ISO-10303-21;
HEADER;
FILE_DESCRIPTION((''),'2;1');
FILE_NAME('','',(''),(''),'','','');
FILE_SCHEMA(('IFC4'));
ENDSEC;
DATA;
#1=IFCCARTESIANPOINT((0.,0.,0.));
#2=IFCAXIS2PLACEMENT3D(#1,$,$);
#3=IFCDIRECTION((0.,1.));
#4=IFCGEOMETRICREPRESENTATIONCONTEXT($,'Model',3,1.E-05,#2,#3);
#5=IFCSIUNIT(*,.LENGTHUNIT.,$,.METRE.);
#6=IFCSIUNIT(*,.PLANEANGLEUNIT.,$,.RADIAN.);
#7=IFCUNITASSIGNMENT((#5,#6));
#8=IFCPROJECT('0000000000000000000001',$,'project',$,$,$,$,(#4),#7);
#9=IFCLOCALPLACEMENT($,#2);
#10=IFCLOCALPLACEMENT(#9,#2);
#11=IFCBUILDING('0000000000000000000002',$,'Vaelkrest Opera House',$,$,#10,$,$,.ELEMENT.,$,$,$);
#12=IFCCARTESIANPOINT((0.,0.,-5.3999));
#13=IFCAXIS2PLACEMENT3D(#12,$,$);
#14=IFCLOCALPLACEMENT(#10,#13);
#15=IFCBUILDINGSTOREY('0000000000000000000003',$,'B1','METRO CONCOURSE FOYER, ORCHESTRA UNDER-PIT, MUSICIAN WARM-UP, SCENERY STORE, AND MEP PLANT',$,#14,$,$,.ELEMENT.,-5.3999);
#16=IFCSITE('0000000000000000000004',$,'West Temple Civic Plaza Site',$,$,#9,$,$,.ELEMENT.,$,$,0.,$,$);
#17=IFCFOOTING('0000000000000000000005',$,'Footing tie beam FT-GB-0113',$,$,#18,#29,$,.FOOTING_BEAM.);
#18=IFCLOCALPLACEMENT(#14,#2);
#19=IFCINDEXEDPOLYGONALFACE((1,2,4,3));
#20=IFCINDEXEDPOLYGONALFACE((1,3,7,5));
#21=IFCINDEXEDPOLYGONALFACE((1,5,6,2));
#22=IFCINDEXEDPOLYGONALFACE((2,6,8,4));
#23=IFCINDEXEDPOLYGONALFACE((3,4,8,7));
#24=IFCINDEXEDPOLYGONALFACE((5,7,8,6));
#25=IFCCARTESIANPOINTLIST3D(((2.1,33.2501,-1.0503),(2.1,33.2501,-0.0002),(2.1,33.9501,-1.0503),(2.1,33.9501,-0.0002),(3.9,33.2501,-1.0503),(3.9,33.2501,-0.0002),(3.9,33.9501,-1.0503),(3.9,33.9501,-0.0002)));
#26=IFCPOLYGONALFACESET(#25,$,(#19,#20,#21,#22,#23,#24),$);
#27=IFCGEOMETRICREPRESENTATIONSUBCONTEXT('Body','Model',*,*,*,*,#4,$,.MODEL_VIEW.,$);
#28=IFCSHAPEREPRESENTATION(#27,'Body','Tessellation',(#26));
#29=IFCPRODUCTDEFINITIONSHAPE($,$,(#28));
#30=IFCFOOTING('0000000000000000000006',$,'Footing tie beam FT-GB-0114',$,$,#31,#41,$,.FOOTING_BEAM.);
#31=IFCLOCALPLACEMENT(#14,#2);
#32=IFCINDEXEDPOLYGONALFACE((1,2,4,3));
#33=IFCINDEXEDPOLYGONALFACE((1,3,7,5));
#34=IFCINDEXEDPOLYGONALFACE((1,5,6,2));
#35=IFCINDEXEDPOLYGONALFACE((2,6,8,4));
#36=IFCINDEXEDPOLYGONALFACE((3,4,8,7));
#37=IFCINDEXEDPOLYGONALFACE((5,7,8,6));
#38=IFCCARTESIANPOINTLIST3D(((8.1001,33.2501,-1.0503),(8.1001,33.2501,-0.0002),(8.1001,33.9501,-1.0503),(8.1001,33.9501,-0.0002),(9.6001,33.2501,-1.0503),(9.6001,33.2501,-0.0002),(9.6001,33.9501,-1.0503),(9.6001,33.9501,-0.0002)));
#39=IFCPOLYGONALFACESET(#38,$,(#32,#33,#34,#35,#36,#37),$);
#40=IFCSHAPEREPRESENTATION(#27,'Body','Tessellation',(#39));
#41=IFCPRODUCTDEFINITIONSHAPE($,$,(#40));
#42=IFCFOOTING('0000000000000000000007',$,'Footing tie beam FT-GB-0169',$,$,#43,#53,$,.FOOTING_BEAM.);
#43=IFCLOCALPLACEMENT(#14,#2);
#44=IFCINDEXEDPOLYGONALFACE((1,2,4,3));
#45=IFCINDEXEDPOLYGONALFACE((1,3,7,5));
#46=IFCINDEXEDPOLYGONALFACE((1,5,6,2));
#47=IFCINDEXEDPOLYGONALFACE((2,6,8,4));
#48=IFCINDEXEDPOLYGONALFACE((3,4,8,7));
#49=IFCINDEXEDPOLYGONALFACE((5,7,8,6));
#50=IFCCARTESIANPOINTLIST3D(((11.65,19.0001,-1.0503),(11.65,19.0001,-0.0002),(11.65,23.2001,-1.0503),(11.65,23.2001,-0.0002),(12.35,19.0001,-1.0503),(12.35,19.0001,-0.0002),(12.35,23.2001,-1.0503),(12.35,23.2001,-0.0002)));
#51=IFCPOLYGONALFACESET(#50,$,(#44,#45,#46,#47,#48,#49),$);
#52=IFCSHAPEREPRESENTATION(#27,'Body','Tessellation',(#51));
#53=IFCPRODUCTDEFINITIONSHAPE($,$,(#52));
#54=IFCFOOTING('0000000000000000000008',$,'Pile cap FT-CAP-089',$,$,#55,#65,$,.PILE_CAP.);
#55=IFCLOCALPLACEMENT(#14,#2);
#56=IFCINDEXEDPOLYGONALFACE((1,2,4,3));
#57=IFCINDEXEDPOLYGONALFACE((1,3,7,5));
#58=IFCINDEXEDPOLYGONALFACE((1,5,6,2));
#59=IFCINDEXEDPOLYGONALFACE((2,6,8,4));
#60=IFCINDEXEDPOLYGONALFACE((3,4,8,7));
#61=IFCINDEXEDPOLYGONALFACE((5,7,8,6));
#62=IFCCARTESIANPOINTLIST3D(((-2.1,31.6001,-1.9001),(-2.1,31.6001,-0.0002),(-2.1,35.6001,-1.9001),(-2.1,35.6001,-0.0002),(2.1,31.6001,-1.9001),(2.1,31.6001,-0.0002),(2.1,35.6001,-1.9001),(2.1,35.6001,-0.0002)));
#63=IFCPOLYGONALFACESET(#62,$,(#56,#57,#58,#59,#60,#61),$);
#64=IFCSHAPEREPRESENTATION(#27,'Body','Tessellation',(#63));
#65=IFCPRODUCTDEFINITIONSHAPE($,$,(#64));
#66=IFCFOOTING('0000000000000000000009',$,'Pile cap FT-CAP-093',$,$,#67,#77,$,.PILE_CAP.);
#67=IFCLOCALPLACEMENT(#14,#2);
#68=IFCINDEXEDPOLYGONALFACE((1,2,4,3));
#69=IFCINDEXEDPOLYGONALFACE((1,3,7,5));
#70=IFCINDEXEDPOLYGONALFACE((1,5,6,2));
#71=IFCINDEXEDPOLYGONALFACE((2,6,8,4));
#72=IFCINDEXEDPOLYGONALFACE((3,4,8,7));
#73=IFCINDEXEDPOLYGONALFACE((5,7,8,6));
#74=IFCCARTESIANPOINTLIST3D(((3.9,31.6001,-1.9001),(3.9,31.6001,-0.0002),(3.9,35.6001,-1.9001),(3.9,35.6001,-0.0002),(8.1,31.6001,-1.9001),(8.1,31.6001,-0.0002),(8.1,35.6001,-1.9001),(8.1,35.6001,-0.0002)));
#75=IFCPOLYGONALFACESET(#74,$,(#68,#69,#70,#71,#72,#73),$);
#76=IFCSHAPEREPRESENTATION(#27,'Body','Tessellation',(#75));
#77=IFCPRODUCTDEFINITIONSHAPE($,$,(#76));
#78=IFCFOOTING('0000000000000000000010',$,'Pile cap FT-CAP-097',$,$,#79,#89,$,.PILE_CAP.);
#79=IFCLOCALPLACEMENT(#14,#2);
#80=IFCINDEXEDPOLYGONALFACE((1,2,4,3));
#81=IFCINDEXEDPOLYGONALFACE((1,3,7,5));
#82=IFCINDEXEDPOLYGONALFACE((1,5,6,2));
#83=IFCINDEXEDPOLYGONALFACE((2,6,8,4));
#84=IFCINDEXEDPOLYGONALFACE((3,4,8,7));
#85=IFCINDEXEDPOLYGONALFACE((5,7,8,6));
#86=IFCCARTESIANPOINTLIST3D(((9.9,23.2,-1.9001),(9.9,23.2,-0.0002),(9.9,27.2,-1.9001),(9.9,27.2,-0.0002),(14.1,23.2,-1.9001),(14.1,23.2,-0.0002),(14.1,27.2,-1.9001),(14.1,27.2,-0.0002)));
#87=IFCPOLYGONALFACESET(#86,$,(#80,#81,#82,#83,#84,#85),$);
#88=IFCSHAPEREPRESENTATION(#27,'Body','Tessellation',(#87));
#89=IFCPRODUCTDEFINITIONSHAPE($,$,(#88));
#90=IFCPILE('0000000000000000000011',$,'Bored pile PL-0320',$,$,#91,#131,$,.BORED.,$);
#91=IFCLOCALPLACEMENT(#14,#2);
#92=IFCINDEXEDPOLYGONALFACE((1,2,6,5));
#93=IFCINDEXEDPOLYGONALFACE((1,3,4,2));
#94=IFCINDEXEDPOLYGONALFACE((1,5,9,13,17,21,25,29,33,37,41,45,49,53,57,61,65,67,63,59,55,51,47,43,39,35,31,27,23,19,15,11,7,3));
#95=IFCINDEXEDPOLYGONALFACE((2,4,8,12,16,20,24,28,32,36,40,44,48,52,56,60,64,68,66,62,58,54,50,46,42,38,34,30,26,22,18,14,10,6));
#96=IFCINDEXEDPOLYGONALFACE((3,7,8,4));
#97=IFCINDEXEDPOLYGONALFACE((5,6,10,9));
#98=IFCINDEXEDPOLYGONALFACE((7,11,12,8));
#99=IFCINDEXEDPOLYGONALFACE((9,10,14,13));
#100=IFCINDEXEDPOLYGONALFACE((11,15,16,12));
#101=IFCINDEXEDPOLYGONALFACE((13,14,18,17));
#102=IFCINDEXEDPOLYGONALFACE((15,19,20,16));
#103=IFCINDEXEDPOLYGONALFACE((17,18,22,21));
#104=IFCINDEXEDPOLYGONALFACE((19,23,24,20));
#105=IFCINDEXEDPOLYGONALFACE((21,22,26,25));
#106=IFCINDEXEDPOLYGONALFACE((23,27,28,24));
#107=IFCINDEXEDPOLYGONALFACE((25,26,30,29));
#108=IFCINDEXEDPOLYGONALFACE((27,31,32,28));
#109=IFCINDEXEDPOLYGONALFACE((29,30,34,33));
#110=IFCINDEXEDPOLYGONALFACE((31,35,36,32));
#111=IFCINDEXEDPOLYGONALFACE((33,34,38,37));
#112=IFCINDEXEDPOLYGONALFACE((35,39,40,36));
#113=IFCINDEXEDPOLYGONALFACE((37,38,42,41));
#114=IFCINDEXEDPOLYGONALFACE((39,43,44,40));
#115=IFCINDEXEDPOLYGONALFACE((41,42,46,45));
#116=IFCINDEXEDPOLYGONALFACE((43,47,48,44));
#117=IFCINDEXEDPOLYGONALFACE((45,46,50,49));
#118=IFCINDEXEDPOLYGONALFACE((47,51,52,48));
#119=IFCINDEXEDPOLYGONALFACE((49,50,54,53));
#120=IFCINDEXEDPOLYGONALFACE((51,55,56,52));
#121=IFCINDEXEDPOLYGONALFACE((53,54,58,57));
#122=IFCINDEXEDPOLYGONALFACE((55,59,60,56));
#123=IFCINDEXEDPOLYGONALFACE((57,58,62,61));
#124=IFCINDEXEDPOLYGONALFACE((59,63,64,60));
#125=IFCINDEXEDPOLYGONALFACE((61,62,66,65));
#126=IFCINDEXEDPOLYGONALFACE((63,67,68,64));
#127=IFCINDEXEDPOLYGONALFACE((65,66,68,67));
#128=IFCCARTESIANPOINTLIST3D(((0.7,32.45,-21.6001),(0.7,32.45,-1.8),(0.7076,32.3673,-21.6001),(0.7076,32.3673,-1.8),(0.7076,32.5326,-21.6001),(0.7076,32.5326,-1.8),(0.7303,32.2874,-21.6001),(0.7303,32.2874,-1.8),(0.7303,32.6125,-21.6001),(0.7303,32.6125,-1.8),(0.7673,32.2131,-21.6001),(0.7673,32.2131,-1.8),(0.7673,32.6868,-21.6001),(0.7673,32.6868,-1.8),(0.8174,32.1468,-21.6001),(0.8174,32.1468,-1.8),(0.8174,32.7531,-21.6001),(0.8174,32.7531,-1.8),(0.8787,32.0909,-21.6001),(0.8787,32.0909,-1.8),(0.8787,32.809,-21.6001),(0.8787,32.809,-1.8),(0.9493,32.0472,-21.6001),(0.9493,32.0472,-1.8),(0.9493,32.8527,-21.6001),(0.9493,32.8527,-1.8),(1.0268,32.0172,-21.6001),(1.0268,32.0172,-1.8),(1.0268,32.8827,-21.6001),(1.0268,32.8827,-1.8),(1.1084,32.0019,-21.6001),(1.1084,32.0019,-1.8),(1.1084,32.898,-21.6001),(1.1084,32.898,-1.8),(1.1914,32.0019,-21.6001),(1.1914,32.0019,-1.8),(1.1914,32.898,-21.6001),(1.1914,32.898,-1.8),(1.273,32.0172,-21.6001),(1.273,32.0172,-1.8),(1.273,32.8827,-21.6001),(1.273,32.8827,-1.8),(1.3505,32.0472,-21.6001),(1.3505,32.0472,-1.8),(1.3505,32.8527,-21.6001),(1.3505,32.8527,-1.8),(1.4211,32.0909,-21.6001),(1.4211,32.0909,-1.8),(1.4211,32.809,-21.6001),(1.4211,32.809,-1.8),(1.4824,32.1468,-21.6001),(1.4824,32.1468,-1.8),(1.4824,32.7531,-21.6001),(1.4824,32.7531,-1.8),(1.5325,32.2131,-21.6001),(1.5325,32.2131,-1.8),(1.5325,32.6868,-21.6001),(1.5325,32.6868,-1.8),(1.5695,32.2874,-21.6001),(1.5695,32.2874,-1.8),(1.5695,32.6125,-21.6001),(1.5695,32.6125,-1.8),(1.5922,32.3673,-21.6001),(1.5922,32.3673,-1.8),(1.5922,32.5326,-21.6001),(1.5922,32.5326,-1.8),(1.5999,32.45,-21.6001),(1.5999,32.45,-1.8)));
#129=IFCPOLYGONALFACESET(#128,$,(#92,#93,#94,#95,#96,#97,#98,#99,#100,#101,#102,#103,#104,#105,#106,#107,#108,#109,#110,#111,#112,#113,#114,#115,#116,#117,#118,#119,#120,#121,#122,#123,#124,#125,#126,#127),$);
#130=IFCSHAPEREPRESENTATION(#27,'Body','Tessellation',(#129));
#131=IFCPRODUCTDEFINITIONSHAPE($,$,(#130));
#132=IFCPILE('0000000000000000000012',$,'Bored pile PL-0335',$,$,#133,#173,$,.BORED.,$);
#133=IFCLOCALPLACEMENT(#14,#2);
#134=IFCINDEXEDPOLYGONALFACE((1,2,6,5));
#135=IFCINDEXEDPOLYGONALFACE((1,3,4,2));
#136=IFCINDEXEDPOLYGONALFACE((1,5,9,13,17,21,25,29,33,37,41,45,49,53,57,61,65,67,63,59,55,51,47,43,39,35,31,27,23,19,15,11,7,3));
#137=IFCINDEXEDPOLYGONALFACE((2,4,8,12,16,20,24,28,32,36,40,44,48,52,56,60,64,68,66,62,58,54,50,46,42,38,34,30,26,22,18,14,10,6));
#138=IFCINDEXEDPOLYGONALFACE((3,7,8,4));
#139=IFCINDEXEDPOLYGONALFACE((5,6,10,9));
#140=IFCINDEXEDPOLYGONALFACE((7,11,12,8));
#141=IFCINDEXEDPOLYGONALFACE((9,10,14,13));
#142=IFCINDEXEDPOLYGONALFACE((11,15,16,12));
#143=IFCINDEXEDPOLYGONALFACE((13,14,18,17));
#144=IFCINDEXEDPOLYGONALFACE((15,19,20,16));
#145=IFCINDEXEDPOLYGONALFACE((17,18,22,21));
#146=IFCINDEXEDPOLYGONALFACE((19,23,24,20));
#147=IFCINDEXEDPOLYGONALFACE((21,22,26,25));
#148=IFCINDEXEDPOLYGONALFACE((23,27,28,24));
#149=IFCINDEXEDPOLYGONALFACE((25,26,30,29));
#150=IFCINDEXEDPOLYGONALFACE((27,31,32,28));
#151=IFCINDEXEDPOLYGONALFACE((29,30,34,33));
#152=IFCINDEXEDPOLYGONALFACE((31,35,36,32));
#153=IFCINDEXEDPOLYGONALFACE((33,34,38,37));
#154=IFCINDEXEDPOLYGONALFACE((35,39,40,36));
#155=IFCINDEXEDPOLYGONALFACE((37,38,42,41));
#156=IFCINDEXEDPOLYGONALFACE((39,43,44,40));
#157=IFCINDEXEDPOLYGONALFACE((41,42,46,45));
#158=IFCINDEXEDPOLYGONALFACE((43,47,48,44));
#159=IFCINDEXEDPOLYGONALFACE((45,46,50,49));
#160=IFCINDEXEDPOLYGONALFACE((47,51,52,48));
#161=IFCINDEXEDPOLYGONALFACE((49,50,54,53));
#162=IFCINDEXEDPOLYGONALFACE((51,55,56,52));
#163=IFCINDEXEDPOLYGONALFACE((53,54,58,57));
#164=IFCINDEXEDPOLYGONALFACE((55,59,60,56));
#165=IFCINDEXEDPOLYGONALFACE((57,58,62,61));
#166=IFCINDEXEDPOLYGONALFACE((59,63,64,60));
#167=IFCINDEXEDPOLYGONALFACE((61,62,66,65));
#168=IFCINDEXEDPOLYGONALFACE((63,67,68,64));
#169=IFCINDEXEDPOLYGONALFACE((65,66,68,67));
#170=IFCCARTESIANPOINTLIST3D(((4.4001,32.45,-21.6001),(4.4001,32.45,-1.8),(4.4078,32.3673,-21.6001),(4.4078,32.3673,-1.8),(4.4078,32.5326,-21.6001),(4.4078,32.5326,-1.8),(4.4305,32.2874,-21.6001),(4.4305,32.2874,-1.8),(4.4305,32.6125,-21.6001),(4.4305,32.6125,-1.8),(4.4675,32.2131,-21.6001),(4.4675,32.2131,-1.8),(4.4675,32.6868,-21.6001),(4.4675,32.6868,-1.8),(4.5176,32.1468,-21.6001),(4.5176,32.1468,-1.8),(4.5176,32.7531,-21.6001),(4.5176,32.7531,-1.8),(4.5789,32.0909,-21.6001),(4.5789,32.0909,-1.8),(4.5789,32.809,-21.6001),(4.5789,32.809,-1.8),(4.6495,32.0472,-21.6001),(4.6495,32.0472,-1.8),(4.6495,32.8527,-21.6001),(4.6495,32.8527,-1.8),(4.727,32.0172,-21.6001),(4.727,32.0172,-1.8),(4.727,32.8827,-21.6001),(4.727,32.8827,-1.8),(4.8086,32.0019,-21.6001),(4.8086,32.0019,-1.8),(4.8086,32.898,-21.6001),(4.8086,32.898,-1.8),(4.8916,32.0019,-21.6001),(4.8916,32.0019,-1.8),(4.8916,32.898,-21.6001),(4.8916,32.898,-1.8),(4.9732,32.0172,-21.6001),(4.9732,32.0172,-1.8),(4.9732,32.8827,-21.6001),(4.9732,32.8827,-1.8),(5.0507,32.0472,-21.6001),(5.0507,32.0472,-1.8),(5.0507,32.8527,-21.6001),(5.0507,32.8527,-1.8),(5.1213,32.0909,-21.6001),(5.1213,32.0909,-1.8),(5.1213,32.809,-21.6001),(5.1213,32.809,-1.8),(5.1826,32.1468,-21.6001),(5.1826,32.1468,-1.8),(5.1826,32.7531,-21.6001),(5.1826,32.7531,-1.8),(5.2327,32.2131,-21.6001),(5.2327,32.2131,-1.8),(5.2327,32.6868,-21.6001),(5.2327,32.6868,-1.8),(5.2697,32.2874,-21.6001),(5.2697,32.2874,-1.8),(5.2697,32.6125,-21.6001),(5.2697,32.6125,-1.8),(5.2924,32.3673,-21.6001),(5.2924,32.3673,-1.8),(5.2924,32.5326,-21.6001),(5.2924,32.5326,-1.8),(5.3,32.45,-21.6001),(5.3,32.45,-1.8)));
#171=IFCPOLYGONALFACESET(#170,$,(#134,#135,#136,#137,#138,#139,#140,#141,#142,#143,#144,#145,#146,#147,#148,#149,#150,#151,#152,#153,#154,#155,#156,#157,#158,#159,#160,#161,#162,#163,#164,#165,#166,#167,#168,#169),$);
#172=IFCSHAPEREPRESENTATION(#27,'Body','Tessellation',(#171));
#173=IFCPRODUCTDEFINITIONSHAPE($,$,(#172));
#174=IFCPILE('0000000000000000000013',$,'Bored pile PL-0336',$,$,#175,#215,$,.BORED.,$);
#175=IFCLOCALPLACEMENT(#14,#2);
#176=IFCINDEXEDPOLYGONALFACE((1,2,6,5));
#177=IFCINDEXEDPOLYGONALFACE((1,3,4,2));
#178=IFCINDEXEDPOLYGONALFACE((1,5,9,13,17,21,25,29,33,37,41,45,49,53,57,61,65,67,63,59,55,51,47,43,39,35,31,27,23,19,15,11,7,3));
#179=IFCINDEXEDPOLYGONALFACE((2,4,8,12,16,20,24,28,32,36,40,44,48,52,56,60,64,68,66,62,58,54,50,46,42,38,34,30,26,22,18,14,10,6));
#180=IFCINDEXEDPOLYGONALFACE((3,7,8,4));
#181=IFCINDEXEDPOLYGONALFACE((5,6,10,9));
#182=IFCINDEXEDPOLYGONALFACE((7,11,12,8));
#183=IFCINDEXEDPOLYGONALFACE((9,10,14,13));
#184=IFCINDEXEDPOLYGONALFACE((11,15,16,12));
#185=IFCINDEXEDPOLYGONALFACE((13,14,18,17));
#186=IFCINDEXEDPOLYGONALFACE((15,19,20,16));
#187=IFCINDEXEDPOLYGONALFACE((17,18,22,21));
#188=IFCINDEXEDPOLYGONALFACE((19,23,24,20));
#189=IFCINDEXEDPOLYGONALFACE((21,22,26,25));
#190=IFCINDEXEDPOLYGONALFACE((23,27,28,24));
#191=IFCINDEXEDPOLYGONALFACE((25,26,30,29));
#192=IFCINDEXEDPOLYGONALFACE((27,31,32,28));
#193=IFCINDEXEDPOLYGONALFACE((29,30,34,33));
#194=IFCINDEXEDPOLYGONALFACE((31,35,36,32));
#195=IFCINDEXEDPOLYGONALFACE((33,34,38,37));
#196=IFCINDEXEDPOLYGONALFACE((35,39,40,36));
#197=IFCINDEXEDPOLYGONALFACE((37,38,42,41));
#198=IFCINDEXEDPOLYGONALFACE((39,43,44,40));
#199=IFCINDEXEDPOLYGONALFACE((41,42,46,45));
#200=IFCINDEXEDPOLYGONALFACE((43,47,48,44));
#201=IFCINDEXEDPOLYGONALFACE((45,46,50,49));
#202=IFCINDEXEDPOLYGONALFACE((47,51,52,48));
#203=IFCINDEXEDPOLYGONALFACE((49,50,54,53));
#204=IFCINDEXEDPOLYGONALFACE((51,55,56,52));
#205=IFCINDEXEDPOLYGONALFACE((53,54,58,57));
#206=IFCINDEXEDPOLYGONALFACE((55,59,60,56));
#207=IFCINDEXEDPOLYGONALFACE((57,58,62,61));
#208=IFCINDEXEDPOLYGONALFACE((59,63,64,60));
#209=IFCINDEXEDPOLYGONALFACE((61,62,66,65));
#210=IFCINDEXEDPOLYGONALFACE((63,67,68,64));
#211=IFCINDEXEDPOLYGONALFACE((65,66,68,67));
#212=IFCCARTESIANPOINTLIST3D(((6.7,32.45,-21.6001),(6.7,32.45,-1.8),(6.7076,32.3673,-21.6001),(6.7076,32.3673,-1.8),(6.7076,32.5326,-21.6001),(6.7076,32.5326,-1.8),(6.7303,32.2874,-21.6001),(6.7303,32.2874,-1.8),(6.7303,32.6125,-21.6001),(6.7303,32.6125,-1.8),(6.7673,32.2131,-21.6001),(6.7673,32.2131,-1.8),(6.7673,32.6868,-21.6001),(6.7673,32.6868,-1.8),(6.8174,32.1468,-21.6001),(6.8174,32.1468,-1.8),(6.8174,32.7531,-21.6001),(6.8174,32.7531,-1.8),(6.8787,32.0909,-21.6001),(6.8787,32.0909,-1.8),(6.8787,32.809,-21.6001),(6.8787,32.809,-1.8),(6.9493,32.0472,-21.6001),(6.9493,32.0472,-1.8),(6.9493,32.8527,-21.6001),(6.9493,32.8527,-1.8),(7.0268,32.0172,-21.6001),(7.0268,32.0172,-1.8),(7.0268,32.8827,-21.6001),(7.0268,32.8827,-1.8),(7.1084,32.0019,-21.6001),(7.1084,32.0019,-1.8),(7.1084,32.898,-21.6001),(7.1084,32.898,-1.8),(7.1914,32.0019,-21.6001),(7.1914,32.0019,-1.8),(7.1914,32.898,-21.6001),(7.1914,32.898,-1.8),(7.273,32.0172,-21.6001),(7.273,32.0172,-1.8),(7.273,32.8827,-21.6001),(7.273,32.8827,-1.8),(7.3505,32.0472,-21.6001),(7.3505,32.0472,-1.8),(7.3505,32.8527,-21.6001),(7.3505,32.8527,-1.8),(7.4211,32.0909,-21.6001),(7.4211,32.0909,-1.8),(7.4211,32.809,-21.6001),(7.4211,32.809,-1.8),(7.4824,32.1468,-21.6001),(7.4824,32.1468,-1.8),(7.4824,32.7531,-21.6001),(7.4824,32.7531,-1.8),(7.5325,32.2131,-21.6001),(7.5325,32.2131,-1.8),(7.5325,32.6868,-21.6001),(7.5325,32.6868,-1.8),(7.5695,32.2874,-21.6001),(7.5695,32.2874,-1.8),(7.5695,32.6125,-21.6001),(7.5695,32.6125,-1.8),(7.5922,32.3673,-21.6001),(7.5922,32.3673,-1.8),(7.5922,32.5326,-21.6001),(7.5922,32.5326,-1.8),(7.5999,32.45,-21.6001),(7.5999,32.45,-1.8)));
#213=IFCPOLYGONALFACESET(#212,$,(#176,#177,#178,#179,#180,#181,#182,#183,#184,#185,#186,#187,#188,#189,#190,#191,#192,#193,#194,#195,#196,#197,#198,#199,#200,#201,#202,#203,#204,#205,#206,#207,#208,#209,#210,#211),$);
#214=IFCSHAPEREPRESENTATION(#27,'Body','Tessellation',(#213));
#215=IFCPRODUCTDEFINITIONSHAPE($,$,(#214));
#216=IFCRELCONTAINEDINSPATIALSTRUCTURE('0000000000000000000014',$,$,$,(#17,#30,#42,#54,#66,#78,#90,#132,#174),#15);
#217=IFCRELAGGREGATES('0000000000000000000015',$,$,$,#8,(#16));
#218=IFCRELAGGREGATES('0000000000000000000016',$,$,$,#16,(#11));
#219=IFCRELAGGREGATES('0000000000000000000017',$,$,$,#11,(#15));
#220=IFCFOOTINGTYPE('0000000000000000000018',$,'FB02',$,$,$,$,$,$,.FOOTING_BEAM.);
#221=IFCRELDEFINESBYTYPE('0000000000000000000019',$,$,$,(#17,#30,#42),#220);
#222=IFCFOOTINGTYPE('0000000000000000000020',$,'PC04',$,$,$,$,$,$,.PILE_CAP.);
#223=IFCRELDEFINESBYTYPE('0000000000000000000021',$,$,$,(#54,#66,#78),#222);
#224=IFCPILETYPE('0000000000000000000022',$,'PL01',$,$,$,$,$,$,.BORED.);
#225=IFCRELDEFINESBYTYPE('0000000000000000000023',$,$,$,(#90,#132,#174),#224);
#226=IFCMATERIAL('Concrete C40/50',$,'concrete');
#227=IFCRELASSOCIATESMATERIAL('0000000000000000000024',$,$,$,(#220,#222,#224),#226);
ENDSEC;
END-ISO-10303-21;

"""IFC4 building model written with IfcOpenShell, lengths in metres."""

from ifc_helpers import new_model, si_unit, direction, frame, origin, origin_2d, place, context, subcontext, project, spatial, rectangle, circle, extrude, material, material_profile, profile_set, type_object, element, save


model = new_model("IFC4")

# Units and contexts
model_context = context("Model", 3, precision=1e-05, world=origin(), true_north=direction((0.0, 1.0)))
body_context = subcontext(model_context, "Body", "Model", "MODEL_VIEW")
ifc_project = project(units=[si_unit("LENGTHUNIT", "METRE"), si_unit("PLANEANGLEUNIT", "RADIAN")], contexts=[model_context])

# Site, building, storey
site_placement = place(None, origin())
site = spatial("IfcSite", under=ifc_project, at=site_placement, Name="West Temple Civic Plaza Site", CompositionType="ELEMENT", RefElevation=0.0)
building_placement = place(site_placement, origin())
building = spatial("IfcBuilding", under=site, at=building_placement, Name="Vaelkrest Opera House", CompositionType="ELEMENT")
storey_placement = place(building_placement, frame((0.0, 0.0, -5.3999)))
storey = spatial("IfcBuildingStorey", under=building, at=storey_placement, Name="B1", Description="METRO CONCOURSE FOYER, ORCHESTRA UNDER-PIT, MUSICIAN WARM-UP, SCENERY STORE, AND MEP PLANT", CompositionType="ELEMENT", Elevation=-5.3999)

# Footings
ifc_material_1 = material(Name="Concrete C40/50", Category="concrete")
footing_type_1 = type_object("IfcFootingType", Name="FB02", PredefinedType="FOOTING_BEAM", material=ifc_material_1)
footing_1_placement = place(storey_placement, frame((3.0, 33.6001, -1.0503), z_axis=(0.0, 0.0, 1.0), x_axis=(1.0, 0.0, 0.0)))
element("IfcFooting", 1, at=footing_1_placement, inside=storey, type_object=footing_type_1, Name="Footing tie beam FT-GB-0113", PredefinedType="FOOTING_BEAM", context=body_context, shape_type="SweptSolid", body=[
    extrude(rectangle(XDim=1.8, YDim=0.7, at=origin_2d()), origin(), (0.0, 0.0, 1.0), 1.05),
])
footing_2_placement = place(storey_placement, frame((8.8501, 33.6001, -1.0503), z_axis=(0.0, 0.0, 1.0), x_axis=(1.0, 0.0, 0.0)))
element("IfcFooting", 2, at=footing_2_placement, inside=storey, type_object=footing_type_1, Name="Footing tie beam FT-GB-0114", PredefinedType="FOOTING_BEAM", context=body_context, shape_type="SweptSolid", body=[
    extrude(rectangle(XDim=1.5, YDim=0.7, at=origin_2d()), origin(), (0.0, 0.0, 1.0), 1.05),
])
footing_3_placement = place(storey_placement, frame((12.0, 21.1001, -1.0503), z_axis=(0.0, 0.0, 1.0), x_axis=(0.0, 1.0, 0.0)))
element("IfcFooting", 3, at=footing_3_placement, inside=storey, type_object=footing_type_1, Name="Footing tie beam FT-GB-0169", PredefinedType="FOOTING_BEAM", context=body_context, shape_type="SweptSolid", body=[
    extrude(rectangle(XDim=4.2, YDim=0.7, at=origin_2d()), origin(), (0.0, 0.0, 1.0), 1.05),
])
footing_type_2 = type_object("IfcFootingType", Name="PC04", PredefinedType="PILE_CAP", material=ifc_material_1)
for number, where, z_axis, x_axis, name in (
    (4, (0.0, 33.6001, -1.9001), (0.0, 0.0, 1.0), (1.0, 0.0, 0.0), "Pile cap FT-CAP-089"),
    (5, (6.0, 33.6001, -1.9001), (0.0, 0.0, 1.0), (1.0, 0.0, 0.0), "Pile cap FT-CAP-093"),
    (6, (12.0, 25.2, -1.9001), (0.0, 0.0, 1.0), (1.0, 0.0, 0.0), "Pile cap FT-CAP-097"),
):
    element("IfcFooting", number, at=place(storey_placement, frame(where, z_axis=z_axis, x_axis=x_axis)), inside=storey, type_object=footing_type_2, Name=name, PredefinedType="PILE_CAP", context=body_context, shape_type="SweptSolid", body=[
        extrude(rectangle(XDim=4.2, YDim=4.0, at=origin_2d()), origin(), (0.0, 0.0, 1.0), 1.8999),
    ])

# Piles
ifc_material_profile_1 = material_profile(ifc_material_1, circle(Radius=0.45, at=origin_2d()), Name="PILE900")
ifc_profile_set_1 = profile_set([ifc_material_profile_1], Name="Concrete C40/50")
pile_type_1 = type_object("IfcPileType", Name="PL01", PredefinedType="BORED", material=ifc_profile_set_1)
for number, where, z_axis, x_axis, name in (
    (7, (1.1499, 32.45, -1.8), (0.0, 0.0, -1.0), (1.0, 0.0, 0.0), "Bored pile PL-0320"),
    (8, (4.8501, 32.45, -1.8), (0.0, 0.0, -1.0), (1.0, 0.0, 0.0), "Bored pile PL-0335"),
    (9, (7.1499, 32.45, -1.8), (0.0, 0.0, -1.0), (1.0, 0.0, 0.0), "Bored pile PL-0336"),
):
    element("IfcPile", number, at=place(storey_placement, frame(where, z_axis=z_axis, x_axis=x_axis)), inside=storey, type_object=pile_type_1, Name=name, PredefinedType="BORED", context=body_context, shape_type="SweptSolid", body=[
        extrude(circle(Radius=0.45, at=origin_2d()), origin(), (0.0, 0.0, 1.0), 19.8),
    ])

save(model, "model.ifc")
